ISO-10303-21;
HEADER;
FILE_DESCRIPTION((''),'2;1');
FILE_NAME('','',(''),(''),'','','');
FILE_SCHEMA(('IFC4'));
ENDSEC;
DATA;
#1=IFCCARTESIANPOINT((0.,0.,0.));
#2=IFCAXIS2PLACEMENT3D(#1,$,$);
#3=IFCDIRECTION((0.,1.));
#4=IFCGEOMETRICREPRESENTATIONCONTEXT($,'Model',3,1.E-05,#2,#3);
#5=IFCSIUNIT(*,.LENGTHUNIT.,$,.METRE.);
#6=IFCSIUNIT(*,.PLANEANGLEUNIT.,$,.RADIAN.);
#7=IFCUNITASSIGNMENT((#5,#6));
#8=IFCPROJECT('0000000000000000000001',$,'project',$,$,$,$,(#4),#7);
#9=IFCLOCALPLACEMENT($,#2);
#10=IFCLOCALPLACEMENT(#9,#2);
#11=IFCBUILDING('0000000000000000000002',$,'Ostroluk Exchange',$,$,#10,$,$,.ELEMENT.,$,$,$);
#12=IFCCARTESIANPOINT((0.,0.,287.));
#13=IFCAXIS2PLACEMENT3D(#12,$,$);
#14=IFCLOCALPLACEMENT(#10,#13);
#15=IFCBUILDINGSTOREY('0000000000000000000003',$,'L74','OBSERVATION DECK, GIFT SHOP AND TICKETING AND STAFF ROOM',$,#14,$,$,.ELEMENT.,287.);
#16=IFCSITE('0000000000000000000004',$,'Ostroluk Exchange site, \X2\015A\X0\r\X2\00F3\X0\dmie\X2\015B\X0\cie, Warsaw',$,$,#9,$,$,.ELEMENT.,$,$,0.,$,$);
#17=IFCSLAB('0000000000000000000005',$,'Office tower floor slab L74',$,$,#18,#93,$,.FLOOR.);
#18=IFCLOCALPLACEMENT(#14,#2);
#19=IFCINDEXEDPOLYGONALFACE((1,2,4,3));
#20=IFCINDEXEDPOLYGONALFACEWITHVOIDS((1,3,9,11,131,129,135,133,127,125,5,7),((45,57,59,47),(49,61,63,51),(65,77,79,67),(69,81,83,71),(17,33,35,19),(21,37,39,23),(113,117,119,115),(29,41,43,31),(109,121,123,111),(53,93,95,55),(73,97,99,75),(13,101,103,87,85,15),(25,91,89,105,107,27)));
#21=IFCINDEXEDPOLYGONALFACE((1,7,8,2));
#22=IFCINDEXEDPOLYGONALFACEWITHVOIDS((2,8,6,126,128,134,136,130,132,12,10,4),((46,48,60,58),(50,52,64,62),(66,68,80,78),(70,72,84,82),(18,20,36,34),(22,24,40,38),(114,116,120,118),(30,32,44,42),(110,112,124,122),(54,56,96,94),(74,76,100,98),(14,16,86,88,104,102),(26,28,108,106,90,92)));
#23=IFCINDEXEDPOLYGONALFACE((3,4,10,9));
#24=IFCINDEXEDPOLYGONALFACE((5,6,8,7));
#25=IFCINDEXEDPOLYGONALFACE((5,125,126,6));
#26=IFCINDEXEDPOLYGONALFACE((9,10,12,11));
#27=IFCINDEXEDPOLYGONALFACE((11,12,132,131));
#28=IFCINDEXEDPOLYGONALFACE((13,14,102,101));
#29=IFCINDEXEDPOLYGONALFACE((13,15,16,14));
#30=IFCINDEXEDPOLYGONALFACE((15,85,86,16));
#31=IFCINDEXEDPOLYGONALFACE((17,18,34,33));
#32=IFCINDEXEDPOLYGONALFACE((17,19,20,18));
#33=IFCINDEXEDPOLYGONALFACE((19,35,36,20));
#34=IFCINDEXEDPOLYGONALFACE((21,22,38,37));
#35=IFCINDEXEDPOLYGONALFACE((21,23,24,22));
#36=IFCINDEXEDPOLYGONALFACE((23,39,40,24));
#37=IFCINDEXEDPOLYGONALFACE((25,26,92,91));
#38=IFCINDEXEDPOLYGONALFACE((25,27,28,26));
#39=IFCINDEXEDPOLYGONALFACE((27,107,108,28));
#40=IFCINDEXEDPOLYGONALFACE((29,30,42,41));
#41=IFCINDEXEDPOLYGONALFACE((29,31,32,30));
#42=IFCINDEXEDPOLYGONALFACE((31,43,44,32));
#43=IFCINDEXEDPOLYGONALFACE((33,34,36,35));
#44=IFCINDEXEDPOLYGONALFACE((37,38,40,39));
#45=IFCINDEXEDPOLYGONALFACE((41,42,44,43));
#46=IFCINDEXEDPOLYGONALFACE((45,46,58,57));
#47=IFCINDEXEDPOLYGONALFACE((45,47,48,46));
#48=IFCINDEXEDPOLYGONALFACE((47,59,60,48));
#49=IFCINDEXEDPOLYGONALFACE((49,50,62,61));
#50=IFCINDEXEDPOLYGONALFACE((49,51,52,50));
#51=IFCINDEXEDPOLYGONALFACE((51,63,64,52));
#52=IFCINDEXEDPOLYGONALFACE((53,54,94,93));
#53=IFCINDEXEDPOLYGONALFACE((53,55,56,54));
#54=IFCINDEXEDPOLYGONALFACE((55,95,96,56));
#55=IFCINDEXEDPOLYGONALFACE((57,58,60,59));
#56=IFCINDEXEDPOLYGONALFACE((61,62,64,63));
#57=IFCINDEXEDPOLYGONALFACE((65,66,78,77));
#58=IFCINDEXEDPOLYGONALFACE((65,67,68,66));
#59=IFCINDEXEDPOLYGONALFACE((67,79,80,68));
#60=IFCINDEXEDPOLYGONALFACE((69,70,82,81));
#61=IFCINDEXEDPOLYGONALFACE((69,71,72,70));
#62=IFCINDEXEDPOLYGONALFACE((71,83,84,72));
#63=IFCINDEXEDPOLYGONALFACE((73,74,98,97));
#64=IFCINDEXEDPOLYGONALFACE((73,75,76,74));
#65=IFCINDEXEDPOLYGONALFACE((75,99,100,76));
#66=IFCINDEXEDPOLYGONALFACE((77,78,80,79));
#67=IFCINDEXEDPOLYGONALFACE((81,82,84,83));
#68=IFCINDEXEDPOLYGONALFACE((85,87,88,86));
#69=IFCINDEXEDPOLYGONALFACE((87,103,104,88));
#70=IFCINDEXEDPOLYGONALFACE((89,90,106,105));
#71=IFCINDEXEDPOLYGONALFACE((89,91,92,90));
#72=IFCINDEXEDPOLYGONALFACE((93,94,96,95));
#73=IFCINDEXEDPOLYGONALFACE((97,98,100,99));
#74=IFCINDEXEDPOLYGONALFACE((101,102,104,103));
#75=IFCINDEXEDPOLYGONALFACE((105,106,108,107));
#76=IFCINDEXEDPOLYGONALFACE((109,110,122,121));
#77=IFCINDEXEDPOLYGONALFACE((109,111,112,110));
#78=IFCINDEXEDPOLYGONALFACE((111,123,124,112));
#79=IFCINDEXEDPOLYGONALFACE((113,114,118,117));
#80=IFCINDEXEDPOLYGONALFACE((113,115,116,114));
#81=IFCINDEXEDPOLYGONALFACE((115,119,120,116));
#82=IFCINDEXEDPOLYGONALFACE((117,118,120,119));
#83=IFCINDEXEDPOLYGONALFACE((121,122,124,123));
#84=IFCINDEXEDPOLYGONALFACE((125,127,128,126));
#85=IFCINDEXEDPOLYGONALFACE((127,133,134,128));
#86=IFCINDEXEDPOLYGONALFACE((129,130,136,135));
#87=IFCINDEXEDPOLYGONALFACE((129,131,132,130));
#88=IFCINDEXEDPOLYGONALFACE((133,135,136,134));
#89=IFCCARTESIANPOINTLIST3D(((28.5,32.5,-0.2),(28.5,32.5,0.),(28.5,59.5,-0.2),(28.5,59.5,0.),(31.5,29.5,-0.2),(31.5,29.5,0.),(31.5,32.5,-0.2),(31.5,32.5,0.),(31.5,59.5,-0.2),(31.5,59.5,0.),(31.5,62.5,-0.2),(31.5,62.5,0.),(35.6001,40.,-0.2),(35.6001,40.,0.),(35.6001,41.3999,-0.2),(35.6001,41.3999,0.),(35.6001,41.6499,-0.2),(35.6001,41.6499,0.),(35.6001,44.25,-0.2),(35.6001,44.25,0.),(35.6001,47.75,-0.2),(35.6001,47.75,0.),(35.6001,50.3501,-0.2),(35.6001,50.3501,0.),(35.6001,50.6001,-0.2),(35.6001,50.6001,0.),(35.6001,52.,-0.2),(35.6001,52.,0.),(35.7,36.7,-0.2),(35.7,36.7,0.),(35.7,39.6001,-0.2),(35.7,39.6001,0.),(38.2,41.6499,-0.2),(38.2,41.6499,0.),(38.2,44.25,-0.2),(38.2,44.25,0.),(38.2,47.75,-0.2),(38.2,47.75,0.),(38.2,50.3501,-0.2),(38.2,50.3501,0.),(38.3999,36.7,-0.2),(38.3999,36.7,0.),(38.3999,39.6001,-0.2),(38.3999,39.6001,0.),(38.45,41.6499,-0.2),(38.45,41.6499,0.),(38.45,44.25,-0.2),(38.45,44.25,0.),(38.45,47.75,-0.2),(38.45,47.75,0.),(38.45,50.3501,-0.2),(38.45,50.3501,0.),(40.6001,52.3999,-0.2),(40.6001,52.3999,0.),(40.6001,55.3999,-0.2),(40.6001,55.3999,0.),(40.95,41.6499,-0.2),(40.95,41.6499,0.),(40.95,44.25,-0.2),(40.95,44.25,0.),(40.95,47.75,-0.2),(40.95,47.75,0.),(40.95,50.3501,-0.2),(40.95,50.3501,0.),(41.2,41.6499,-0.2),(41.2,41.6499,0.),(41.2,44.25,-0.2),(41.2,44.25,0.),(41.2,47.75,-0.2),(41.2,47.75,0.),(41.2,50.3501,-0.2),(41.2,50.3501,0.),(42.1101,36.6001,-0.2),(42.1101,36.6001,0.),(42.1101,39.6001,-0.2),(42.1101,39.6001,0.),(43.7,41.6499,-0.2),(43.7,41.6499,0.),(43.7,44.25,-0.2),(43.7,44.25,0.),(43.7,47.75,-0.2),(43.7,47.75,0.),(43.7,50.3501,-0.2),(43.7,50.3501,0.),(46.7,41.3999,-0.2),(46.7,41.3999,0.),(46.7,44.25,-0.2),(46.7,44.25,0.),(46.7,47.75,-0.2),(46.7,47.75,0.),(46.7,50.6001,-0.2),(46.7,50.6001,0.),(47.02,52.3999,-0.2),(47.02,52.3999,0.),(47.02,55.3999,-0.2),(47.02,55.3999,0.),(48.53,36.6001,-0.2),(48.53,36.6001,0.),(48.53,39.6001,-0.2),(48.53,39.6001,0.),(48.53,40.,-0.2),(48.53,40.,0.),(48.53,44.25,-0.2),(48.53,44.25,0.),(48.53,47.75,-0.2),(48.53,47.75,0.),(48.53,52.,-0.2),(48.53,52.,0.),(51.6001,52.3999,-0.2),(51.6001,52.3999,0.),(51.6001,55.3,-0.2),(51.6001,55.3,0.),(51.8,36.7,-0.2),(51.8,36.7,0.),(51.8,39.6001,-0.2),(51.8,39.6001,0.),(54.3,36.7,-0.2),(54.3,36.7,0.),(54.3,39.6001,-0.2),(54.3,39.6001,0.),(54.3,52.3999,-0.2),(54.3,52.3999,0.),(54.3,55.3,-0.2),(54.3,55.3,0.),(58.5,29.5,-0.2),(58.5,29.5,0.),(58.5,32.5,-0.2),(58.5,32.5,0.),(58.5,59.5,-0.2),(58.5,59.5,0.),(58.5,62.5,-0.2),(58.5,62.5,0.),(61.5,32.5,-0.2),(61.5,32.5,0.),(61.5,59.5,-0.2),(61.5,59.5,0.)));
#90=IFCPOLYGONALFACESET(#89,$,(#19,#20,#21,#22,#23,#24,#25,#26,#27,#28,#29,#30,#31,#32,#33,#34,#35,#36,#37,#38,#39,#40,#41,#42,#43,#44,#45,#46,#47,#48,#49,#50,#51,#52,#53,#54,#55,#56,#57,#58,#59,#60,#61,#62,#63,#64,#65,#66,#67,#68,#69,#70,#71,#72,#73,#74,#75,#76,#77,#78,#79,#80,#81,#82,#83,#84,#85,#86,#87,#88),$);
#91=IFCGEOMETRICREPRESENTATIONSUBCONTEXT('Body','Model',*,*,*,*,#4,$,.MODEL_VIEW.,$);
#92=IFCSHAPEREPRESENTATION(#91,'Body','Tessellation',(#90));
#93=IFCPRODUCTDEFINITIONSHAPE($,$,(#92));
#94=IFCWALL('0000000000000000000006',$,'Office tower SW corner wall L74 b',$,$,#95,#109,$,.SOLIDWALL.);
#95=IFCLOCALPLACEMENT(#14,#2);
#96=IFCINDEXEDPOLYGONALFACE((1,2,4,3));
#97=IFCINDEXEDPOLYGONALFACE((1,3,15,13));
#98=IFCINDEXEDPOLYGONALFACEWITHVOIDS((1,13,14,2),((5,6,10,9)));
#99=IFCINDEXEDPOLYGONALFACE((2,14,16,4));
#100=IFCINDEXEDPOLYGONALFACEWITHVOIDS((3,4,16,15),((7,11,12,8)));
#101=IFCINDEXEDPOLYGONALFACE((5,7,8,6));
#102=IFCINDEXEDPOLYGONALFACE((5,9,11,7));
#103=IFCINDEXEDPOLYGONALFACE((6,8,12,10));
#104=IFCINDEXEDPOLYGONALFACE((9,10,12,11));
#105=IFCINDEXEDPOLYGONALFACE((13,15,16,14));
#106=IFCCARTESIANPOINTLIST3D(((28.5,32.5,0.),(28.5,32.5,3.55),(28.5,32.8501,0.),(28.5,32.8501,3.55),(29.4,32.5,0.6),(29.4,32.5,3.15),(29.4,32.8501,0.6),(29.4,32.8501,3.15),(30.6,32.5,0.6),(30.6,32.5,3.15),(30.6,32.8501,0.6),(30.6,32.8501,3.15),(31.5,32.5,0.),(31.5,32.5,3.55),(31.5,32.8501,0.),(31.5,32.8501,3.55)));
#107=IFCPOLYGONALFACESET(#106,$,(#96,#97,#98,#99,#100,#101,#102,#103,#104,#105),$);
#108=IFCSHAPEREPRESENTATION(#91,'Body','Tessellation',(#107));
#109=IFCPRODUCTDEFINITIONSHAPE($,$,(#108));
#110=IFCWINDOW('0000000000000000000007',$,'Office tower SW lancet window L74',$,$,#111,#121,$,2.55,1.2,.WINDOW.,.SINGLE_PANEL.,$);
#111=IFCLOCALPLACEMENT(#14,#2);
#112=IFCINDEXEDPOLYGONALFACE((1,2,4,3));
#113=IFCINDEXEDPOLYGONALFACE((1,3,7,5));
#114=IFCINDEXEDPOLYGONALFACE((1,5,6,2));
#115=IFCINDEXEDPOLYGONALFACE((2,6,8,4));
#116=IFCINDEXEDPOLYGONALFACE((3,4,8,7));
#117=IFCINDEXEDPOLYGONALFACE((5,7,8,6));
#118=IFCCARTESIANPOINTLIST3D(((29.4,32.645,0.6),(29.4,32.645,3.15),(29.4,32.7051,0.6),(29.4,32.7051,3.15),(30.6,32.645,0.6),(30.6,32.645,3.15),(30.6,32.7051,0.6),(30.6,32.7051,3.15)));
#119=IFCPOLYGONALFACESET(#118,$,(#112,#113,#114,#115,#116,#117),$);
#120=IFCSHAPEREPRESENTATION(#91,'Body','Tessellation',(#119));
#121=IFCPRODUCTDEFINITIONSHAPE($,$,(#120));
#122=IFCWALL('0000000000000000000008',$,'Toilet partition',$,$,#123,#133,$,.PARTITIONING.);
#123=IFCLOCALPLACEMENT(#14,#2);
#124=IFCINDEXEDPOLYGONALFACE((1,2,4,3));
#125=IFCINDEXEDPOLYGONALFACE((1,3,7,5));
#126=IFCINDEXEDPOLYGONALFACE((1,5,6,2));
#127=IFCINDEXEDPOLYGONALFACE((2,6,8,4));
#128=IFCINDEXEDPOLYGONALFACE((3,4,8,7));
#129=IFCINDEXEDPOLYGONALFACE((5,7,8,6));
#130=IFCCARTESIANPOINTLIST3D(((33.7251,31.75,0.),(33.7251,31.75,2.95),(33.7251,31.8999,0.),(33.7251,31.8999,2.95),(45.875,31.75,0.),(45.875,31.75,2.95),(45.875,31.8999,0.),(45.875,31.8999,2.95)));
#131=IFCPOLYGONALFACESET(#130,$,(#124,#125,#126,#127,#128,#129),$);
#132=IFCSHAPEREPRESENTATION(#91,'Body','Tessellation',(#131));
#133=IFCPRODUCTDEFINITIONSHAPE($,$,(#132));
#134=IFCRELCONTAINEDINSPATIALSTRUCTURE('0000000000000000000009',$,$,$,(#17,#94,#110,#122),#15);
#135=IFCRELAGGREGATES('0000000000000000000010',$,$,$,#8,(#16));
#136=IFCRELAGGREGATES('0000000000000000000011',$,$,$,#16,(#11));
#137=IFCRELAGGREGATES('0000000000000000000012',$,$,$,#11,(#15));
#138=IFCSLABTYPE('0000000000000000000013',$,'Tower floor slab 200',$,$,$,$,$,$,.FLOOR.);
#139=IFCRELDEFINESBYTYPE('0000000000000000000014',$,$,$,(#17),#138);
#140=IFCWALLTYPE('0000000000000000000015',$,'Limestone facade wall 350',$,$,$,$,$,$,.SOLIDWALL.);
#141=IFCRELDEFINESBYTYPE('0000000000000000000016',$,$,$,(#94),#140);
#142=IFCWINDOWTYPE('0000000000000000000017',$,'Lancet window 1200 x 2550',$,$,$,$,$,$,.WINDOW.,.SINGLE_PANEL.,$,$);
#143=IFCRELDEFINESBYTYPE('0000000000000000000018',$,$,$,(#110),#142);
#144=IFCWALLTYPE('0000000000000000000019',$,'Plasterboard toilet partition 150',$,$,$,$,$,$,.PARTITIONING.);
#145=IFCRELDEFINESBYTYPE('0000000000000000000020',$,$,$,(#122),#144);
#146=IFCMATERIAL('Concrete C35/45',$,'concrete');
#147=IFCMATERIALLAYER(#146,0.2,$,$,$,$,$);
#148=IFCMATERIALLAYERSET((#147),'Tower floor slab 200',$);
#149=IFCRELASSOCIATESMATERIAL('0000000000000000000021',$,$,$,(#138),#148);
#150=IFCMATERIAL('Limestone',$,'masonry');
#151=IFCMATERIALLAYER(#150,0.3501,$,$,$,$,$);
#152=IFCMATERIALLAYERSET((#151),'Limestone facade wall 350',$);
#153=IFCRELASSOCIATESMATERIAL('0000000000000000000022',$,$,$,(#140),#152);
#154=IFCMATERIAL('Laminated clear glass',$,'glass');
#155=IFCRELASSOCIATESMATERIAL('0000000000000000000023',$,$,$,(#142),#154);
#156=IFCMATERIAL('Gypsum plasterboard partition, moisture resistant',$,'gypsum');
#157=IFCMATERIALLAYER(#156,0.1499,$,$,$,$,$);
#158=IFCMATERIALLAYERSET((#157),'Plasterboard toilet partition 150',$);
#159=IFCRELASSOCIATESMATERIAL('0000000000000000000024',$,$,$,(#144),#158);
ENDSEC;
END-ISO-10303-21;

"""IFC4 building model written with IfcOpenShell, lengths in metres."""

from ifc_helpers import new_model, si_unit, direction, frame, frame_2d, origin, place, context, subcontext, project, spatial, polyline, rectangle, outline, extrude, material, layer, layer_set, type_object, element, fill, save


model = new_model("IFC4")

# Units and contexts
model_context = context("Model", 3, precision=1e-05, world=origin(), true_north=direction((0.0, 1.0)))
body_context = subcontext(model_context, "Body", "Model", "MODEL_VIEW")
ifc_project = project(units=[si_unit("LENGTHUNIT", "METRE"), si_unit("PLANEANGLEUNIT", "RADIAN")], contexts=[model_context])

# Site, building, storey
site_placement = place(None, origin())
site = spatial("IfcSite", under=ifc_project, at=site_placement, Name="Ostroluk Exchange site, Śródmieście, Warsaw", CompositionType="ELEMENT", RefElevation=0.0)
building_placement = place(site_placement, origin())
building = spatial("IfcBuilding", under=site, at=building_placement, Name="Ostroluk Exchange", CompositionType="ELEMENT")
storey_placement = place(building_placement, frame((0.0, 0.0, 287.0)))
storey = spatial("IfcBuildingStorey", under=building, at=storey_placement, Name="L74", Description="OBSERVATION DECK, GIFT SHOP AND TICKETING AND STAFF ROOM", CompositionType="ELEMENT", Elevation=287.0)

# Slab
ifc_material_1 = material(Name="Concrete C35/45", Category="concrete")
ifc_layer_1 = layer(ifc_material_1, 0.2)
ifc_layer_set_1 = layer_set([ifc_layer_1], Name="Tower floor slab 200")
slab_type_1 = type_object("IfcSlabType", Name="Tower floor slab 200", PredefinedType="FLOOR", material=ifc_layer_set_1)
slab_1_placement = place(storey_placement, frame((0.0, 0.0, -0.2)))
element("IfcSlab", 1, at=slab_1_placement, inside=storey, type_object=slab_type_1, Name="Office tower floor slab L74", PredefinedType="FLOOR", context=body_context, shape_type="SweptSolid", body=[
    extrude(outline(polyline([(31.5, 29.5), (58.5, 29.5), (58.5, 32.5), (61.5, 32.5), (61.5, 59.5), (58.5, 59.5), (58.5, 62.5), (31.5, 62.5), (31.5, 59.5), (28.5, 59.5), (28.5, 32.5), (31.5, 32.5), (31.5, 29.5)]), holes=[polyline([(35.7, 36.7), (38.3999, 36.7), (38.3999, 39.6001), (35.7, 39.6001), (35.7, 36.7)]), polyline([(42.1101, 36.6001), (48.53, 36.6001), (48.53, 39.6001), (42.1101, 39.6001), (42.1101, 36.6001)]), polyline([(51.8, 36.7), (54.3, 36.7), (54.3, 39.6001), (51.8, 39.6001), (51.8, 36.7)]), polyline([(40.6001, 52.3999), (47.02, 52.3999), (47.02, 55.3999), (40.6001, 55.3999), (40.6001, 52.3999)]), polyline([(51.6001, 52.3999), (54.3, 52.3999), (54.3, 55.3), (51.6001, 55.3), (51.6001, 52.3999)]), polyline([(35.6001, 47.75), (38.2, 47.75), (38.2, 50.3501), (35.6001, 50.3501), (35.6001, 47.75)]), polyline([(38.45, 47.75), (40.95, 47.75), (40.95, 50.3501), (38.45, 50.3501), (38.45, 47.75)]), polyline([(41.2, 47.75), (43.7, 47.75), (43.7, 50.3501), (41.2, 50.3501), (41.2, 47.75)]), polyline([(35.6001, 41.6499), (38.2, 41.6499), (38.2, 44.25), (35.6001, 44.25), (35.6001, 41.6499)]), polyline([(38.45, 41.6499), (40.95, 41.6499), (40.95, 44.25), (38.45, 44.25), (38.45, 41.6499)]), polyline([(41.2, 41.6499), (43.7, 41.6499), (43.7, 44.25), (41.2, 44.25), (41.2, 41.6499)]), polyline([(48.53, 52.0), (48.53, 47.75), (46.7, 47.75), (46.7, 50.6001), (35.6001, 50.6001), (35.6001, 52.0), (48.53, 52.0)]), polyline([(35.6001, 40.0), (35.6001, 41.3999), (46.7, 41.3999), (46.7, 44.25), (48.53, 44.25), (48.53, 40.0), (35.6001, 40.0)])]), origin(), (0.0, 0.0, 1.0), 0.2),
])

# Shared definitions
ifc_material_2 = material(Name="Limestone", Category="masonry")
ifc_layer_2 = layer(ifc_material_2, 0.3501)
ifc_layer_set_2 = layer_set([ifc_layer_2], Name="Limestone facade wall 350")
wall_type_1 = type_object("IfcWallType", Name="Limestone facade wall 350", PredefinedType="SOLIDWALL", material=ifc_layer_set_2)

# Wall, opening, window
wall_1_placement = place(storey_placement, frame((31.5, 32.675, 0.0), z_axis=(0.0, 0.0, 1.0), x_axis=(-1.0, 0.0, 0.0)))
wall_1 = element("IfcWall", 2, at=wall_1_placement, inside=storey, type_object=wall_type_1, Name="Office tower SW corner wall L74 b", PredefinedType="SOLIDWALL", context=body_context, shape_type="SweptSolid", body=[
    extrude(rectangle(XDim=3.0, YDim=0.3501, at=frame_2d((1.5, 0.0))), origin(), (0.0, 0.0, 1.0), 3.55),
])
opening_1_placement = place(wall_1_placement, frame((0.8999, 0.0, 0.6001)))
opening_1 = element("IfcOpeningElement", 3, at=opening_1_placement, cuts=wall_1, PredefinedType="OPENING", context=body_context, shape_type="SweptSolid", body=[
    extrude(rectangle(XDim=1.2, YDim=2.55, at=frame_2d((0.6001, 1.2749))), frame((0.0, 0.1851, 0.0), z_axis=(0.0, -1.0, 0.0), x_axis=(1.0, 0.0, 0.0)), (0.0, 0.0, 1.0), 0.3701),
])
ifc_material_3 = material(Name="Laminated clear glass", Category="glass")
window_type = type_object("IfcWindowType", Name="Lancet window 1200 x 2550", PartitioningType="SINGLE_PANEL", PredefinedType="WINDOW", material=ifc_material_3)
window_placement = place(opening_1_placement, origin())
window = element("IfcWindow", 4, at=window_placement, inside=storey, type_object=window_type, Name="Office tower SW lancet window L74", OverallHeight=2.55, OverallWidth=1.2, PartitioningType="SINGLE_PANEL", PredefinedType="WINDOW", context=body_context, shape_type="SweptSolid", body=[
    extrude(rectangle(XDim=1.2, YDim=2.55, at=frame_2d((0.6001, 1.2749))), frame((0.0, 0.03, 0.0), z_axis=(0.0, -1.0, 0.0), x_axis=(1.0, 0.0, 0.0)), (0.0, 0.0, 1.0), 0.0601),
])
fill(opening_1, window)

# Wall
ifc_material_4 = material(Name="Gypsum plasterboard partition, moisture resistant", Category="gypsum")
ifc_layer_3 = layer(ifc_material_4, 0.1499)
ifc_layer_set_3 = layer_set([ifc_layer_3], Name="Plasterboard toilet partition 150")
wall_type_2 = type_object("IfcWallType", Name="Plasterboard toilet partition 150", PredefinedType="PARTITIONING", material=ifc_layer_set_3)
wall_2_placement = place(storey_placement, frame((33.7251, 31.825, 0.0), z_axis=(0.0, 0.0, 1.0), x_axis=(1.0, 0.0, 0.0)))
element("IfcWall", 5, at=wall_2_placement, inside=storey, type_object=wall_type_2, Name="Toilet partition", PredefinedType="PARTITIONING", context=body_context, shape_type="SweptSolid", body=[
    extrude(rectangle(XDim=12.1499, YDim=0.1499, at=frame_2d((6.075, 0.0))), origin(), (0.0, 0.0, 1.0), 2.95),
])

save(model, "model.ifc")
